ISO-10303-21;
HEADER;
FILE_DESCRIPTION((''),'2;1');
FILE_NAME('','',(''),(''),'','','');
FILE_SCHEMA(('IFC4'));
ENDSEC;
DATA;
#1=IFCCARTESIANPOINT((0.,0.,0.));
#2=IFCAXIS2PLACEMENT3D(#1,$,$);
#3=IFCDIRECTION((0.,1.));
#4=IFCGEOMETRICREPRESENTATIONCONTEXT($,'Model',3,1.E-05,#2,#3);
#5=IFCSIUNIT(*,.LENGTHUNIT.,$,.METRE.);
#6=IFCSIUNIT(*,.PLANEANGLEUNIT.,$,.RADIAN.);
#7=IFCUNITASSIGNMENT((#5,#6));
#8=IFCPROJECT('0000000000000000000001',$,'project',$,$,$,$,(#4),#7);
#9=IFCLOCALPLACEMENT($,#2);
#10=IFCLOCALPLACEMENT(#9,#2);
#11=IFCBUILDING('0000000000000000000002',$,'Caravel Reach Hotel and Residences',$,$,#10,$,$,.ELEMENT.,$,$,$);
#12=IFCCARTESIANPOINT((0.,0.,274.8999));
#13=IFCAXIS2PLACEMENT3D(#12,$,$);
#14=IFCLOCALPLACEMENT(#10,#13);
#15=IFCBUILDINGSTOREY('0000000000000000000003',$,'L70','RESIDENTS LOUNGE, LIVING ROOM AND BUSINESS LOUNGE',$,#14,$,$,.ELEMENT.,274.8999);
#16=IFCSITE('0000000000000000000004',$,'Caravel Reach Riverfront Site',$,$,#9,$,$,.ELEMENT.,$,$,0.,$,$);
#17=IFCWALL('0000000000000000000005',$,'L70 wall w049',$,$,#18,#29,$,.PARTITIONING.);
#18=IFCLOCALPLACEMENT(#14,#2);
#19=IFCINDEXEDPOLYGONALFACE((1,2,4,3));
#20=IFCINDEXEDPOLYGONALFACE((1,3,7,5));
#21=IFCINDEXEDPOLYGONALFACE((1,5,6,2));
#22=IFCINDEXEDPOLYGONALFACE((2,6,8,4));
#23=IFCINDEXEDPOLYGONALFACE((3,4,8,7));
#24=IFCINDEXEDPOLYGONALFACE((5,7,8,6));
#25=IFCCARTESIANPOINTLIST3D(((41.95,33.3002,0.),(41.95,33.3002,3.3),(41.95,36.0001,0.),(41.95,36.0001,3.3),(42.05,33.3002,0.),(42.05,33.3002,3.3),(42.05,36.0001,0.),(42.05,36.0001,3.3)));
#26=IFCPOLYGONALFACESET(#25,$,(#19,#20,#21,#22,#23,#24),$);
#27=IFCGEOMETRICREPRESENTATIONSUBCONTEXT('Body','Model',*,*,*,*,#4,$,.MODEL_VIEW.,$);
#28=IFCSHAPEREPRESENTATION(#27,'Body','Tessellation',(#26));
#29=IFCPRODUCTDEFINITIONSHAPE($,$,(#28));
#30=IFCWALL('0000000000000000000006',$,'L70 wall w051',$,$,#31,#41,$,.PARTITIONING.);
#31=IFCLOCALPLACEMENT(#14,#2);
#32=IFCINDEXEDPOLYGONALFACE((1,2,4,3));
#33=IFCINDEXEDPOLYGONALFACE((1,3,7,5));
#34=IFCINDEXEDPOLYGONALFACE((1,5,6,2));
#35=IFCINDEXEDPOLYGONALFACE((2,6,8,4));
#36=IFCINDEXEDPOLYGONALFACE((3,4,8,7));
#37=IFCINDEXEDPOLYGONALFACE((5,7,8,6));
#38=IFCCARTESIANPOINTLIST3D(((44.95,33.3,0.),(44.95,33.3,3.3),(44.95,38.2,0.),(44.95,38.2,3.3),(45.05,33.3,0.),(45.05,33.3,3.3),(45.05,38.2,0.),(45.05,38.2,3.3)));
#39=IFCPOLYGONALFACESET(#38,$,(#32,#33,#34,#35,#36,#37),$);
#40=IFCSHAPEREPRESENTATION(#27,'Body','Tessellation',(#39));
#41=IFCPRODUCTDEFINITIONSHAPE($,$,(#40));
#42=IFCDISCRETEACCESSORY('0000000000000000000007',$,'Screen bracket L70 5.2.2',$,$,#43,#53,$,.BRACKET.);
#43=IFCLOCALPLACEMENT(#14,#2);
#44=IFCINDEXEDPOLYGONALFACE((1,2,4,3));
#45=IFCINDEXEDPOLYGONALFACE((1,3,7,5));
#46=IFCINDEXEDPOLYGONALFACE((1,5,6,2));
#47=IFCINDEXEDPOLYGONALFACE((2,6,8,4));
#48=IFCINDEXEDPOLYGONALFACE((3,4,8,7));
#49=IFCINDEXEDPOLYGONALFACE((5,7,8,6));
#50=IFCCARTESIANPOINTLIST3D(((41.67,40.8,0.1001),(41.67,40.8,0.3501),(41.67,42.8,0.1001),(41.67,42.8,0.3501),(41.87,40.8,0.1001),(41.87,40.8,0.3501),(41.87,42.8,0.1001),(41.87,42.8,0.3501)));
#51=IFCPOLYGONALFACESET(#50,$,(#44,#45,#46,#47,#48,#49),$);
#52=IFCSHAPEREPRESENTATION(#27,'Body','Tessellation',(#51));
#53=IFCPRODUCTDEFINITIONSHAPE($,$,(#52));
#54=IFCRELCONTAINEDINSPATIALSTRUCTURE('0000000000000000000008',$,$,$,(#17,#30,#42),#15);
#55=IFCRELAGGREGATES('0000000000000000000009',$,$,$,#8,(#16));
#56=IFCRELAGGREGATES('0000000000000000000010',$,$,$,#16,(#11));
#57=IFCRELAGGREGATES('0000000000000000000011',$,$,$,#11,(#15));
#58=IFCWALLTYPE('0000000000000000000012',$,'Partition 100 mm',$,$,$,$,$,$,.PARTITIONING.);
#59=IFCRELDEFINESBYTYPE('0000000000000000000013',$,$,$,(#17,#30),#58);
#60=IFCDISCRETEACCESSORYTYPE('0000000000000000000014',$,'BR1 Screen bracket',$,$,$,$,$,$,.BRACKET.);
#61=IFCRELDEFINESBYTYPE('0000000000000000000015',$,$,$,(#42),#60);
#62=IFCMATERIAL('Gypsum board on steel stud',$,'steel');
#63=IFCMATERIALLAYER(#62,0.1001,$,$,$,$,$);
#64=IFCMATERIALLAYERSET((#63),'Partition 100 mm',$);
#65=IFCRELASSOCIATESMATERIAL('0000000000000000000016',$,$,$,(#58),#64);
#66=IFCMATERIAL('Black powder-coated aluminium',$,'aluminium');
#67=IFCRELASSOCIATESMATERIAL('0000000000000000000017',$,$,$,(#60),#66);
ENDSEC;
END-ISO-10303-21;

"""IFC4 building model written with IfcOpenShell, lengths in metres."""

from ifc_helpers import new_model, si_unit, direction, frame, frame_2d, origin, origin_2d, place, context, subcontext, project, spatial, rectangle, extrude, material, layer, layer_set, type_object, element, save


model = new_model("IFC4")

# Units and contexts
model_context = context("Model", 3, precision=1e-05, world=origin(), true_north=direction((0.0, 1.0)))
body_context = subcontext(model_context, "Body", "Model", "MODEL_VIEW")
ifc_project = project(units=[si_unit("LENGTHUNIT", "METRE"), si_unit("PLANEANGLEUNIT", "RADIAN")], contexts=[model_context])

# Site, building, storey
site_placement = place(None, origin())
site = spatial("IfcSite", under=ifc_project, at=site_placement, Name="Caravel Reach Riverfront Site", CompositionType="ELEMENT", RefElevation=0.0)
building_placement = place(site_placement, origin())
building = spatial("IfcBuilding", under=site, at=building_placement, Name="Caravel Reach Hotel and Residences", CompositionType="ELEMENT")
storey_placement = place(building_placement, frame((0.0, 0.0, 274.8999)))
storey = spatial("IfcBuildingStorey", under=building, at=storey_placement, Name="L70", Description="RESIDENTS LOUNGE, LIVING ROOM AND BUSINESS LOUNGE", CompositionType="ELEMENT", Elevation=274.8999)

# Shared definitions
ifc_material_1 = material(Name="Gypsum board on steel stud", Category="steel")
ifc_layer_1 = layer(ifc_material_1, 0.1001)
ifc_layer_set_1 = layer_set([ifc_layer_1], Name="Partition 100 mm")
wall_type_1 = type_object("IfcWallType", Name="Partition 100 mm", PredefinedType="PARTITIONING", material=ifc_layer_set_1)

# Walls
wall_1_placement = place(storey_placement, frame((42.0, 33.3, 0.0), z_axis=(0.0, 0.0, 1.0), x_axis=(0.0, 1.0, 0.0)))
element("IfcWall", 1, at=wall_1_placement, inside=storey, type_object=wall_type_1, Name="L70 wall w049", PredefinedType="PARTITIONING", context=body_context, shape_type="SweptSolid", body=[
    extrude(rectangle(XDim=2.7, YDim=0.1001, at=frame_2d((1.3501, 0.0))), origin(), (0.0, 0.0, 1.0), 3.3),
])
wall_2_placement = place(storey_placement, frame((45.0, 33.3, 0.0), z_axis=(0.0, 0.0, 1.0), x_axis=(0.0, 1.0, 0.0)))
element("IfcWall", 2, at=wall_2_placement, inside=storey, type_object=wall_type_1, Name="L70 wall w051", PredefinedType="PARTITIONING", context=body_context, shape_type="SweptSolid", body=[
    extrude(rectangle(XDim=4.8999, YDim=0.1001, at=frame_2d((2.45, 0.0))), origin(), (0.0, 0.0, 1.0), 3.3),
])

# Discrete accessory
ifc_material_2 = material(Name="Black powder-coated aluminium", Category="aluminium")
discrete_accessory_type = type_object("IfcDiscreteAccessoryType", Name="BR1 Screen bracket", PredefinedType="BRACKET", material=ifc_material_2)
discrete_accessory_placement = place(storey_placement, frame((41.77, 41.8, 0.1001), z_axis=(0.0, 0.0, 1.0), x_axis=(0.0, 1.0, 0.0)))
element("IfcDiscreteAccessory", 3, at=discrete_accessory_placement, inside=storey, type_object=discrete_accessory_type, Name="Screen bracket L70 5.2.2", PredefinedType="BRACKET", context=body_context, shape_type="SweptSolid", body=[
    extrude(rectangle(XDim=2.0, YDim=0.2, at=origin_2d()), origin(), (0.0, 0.0, 1.0), 0.25),
])

save(model, "model.ifc")
